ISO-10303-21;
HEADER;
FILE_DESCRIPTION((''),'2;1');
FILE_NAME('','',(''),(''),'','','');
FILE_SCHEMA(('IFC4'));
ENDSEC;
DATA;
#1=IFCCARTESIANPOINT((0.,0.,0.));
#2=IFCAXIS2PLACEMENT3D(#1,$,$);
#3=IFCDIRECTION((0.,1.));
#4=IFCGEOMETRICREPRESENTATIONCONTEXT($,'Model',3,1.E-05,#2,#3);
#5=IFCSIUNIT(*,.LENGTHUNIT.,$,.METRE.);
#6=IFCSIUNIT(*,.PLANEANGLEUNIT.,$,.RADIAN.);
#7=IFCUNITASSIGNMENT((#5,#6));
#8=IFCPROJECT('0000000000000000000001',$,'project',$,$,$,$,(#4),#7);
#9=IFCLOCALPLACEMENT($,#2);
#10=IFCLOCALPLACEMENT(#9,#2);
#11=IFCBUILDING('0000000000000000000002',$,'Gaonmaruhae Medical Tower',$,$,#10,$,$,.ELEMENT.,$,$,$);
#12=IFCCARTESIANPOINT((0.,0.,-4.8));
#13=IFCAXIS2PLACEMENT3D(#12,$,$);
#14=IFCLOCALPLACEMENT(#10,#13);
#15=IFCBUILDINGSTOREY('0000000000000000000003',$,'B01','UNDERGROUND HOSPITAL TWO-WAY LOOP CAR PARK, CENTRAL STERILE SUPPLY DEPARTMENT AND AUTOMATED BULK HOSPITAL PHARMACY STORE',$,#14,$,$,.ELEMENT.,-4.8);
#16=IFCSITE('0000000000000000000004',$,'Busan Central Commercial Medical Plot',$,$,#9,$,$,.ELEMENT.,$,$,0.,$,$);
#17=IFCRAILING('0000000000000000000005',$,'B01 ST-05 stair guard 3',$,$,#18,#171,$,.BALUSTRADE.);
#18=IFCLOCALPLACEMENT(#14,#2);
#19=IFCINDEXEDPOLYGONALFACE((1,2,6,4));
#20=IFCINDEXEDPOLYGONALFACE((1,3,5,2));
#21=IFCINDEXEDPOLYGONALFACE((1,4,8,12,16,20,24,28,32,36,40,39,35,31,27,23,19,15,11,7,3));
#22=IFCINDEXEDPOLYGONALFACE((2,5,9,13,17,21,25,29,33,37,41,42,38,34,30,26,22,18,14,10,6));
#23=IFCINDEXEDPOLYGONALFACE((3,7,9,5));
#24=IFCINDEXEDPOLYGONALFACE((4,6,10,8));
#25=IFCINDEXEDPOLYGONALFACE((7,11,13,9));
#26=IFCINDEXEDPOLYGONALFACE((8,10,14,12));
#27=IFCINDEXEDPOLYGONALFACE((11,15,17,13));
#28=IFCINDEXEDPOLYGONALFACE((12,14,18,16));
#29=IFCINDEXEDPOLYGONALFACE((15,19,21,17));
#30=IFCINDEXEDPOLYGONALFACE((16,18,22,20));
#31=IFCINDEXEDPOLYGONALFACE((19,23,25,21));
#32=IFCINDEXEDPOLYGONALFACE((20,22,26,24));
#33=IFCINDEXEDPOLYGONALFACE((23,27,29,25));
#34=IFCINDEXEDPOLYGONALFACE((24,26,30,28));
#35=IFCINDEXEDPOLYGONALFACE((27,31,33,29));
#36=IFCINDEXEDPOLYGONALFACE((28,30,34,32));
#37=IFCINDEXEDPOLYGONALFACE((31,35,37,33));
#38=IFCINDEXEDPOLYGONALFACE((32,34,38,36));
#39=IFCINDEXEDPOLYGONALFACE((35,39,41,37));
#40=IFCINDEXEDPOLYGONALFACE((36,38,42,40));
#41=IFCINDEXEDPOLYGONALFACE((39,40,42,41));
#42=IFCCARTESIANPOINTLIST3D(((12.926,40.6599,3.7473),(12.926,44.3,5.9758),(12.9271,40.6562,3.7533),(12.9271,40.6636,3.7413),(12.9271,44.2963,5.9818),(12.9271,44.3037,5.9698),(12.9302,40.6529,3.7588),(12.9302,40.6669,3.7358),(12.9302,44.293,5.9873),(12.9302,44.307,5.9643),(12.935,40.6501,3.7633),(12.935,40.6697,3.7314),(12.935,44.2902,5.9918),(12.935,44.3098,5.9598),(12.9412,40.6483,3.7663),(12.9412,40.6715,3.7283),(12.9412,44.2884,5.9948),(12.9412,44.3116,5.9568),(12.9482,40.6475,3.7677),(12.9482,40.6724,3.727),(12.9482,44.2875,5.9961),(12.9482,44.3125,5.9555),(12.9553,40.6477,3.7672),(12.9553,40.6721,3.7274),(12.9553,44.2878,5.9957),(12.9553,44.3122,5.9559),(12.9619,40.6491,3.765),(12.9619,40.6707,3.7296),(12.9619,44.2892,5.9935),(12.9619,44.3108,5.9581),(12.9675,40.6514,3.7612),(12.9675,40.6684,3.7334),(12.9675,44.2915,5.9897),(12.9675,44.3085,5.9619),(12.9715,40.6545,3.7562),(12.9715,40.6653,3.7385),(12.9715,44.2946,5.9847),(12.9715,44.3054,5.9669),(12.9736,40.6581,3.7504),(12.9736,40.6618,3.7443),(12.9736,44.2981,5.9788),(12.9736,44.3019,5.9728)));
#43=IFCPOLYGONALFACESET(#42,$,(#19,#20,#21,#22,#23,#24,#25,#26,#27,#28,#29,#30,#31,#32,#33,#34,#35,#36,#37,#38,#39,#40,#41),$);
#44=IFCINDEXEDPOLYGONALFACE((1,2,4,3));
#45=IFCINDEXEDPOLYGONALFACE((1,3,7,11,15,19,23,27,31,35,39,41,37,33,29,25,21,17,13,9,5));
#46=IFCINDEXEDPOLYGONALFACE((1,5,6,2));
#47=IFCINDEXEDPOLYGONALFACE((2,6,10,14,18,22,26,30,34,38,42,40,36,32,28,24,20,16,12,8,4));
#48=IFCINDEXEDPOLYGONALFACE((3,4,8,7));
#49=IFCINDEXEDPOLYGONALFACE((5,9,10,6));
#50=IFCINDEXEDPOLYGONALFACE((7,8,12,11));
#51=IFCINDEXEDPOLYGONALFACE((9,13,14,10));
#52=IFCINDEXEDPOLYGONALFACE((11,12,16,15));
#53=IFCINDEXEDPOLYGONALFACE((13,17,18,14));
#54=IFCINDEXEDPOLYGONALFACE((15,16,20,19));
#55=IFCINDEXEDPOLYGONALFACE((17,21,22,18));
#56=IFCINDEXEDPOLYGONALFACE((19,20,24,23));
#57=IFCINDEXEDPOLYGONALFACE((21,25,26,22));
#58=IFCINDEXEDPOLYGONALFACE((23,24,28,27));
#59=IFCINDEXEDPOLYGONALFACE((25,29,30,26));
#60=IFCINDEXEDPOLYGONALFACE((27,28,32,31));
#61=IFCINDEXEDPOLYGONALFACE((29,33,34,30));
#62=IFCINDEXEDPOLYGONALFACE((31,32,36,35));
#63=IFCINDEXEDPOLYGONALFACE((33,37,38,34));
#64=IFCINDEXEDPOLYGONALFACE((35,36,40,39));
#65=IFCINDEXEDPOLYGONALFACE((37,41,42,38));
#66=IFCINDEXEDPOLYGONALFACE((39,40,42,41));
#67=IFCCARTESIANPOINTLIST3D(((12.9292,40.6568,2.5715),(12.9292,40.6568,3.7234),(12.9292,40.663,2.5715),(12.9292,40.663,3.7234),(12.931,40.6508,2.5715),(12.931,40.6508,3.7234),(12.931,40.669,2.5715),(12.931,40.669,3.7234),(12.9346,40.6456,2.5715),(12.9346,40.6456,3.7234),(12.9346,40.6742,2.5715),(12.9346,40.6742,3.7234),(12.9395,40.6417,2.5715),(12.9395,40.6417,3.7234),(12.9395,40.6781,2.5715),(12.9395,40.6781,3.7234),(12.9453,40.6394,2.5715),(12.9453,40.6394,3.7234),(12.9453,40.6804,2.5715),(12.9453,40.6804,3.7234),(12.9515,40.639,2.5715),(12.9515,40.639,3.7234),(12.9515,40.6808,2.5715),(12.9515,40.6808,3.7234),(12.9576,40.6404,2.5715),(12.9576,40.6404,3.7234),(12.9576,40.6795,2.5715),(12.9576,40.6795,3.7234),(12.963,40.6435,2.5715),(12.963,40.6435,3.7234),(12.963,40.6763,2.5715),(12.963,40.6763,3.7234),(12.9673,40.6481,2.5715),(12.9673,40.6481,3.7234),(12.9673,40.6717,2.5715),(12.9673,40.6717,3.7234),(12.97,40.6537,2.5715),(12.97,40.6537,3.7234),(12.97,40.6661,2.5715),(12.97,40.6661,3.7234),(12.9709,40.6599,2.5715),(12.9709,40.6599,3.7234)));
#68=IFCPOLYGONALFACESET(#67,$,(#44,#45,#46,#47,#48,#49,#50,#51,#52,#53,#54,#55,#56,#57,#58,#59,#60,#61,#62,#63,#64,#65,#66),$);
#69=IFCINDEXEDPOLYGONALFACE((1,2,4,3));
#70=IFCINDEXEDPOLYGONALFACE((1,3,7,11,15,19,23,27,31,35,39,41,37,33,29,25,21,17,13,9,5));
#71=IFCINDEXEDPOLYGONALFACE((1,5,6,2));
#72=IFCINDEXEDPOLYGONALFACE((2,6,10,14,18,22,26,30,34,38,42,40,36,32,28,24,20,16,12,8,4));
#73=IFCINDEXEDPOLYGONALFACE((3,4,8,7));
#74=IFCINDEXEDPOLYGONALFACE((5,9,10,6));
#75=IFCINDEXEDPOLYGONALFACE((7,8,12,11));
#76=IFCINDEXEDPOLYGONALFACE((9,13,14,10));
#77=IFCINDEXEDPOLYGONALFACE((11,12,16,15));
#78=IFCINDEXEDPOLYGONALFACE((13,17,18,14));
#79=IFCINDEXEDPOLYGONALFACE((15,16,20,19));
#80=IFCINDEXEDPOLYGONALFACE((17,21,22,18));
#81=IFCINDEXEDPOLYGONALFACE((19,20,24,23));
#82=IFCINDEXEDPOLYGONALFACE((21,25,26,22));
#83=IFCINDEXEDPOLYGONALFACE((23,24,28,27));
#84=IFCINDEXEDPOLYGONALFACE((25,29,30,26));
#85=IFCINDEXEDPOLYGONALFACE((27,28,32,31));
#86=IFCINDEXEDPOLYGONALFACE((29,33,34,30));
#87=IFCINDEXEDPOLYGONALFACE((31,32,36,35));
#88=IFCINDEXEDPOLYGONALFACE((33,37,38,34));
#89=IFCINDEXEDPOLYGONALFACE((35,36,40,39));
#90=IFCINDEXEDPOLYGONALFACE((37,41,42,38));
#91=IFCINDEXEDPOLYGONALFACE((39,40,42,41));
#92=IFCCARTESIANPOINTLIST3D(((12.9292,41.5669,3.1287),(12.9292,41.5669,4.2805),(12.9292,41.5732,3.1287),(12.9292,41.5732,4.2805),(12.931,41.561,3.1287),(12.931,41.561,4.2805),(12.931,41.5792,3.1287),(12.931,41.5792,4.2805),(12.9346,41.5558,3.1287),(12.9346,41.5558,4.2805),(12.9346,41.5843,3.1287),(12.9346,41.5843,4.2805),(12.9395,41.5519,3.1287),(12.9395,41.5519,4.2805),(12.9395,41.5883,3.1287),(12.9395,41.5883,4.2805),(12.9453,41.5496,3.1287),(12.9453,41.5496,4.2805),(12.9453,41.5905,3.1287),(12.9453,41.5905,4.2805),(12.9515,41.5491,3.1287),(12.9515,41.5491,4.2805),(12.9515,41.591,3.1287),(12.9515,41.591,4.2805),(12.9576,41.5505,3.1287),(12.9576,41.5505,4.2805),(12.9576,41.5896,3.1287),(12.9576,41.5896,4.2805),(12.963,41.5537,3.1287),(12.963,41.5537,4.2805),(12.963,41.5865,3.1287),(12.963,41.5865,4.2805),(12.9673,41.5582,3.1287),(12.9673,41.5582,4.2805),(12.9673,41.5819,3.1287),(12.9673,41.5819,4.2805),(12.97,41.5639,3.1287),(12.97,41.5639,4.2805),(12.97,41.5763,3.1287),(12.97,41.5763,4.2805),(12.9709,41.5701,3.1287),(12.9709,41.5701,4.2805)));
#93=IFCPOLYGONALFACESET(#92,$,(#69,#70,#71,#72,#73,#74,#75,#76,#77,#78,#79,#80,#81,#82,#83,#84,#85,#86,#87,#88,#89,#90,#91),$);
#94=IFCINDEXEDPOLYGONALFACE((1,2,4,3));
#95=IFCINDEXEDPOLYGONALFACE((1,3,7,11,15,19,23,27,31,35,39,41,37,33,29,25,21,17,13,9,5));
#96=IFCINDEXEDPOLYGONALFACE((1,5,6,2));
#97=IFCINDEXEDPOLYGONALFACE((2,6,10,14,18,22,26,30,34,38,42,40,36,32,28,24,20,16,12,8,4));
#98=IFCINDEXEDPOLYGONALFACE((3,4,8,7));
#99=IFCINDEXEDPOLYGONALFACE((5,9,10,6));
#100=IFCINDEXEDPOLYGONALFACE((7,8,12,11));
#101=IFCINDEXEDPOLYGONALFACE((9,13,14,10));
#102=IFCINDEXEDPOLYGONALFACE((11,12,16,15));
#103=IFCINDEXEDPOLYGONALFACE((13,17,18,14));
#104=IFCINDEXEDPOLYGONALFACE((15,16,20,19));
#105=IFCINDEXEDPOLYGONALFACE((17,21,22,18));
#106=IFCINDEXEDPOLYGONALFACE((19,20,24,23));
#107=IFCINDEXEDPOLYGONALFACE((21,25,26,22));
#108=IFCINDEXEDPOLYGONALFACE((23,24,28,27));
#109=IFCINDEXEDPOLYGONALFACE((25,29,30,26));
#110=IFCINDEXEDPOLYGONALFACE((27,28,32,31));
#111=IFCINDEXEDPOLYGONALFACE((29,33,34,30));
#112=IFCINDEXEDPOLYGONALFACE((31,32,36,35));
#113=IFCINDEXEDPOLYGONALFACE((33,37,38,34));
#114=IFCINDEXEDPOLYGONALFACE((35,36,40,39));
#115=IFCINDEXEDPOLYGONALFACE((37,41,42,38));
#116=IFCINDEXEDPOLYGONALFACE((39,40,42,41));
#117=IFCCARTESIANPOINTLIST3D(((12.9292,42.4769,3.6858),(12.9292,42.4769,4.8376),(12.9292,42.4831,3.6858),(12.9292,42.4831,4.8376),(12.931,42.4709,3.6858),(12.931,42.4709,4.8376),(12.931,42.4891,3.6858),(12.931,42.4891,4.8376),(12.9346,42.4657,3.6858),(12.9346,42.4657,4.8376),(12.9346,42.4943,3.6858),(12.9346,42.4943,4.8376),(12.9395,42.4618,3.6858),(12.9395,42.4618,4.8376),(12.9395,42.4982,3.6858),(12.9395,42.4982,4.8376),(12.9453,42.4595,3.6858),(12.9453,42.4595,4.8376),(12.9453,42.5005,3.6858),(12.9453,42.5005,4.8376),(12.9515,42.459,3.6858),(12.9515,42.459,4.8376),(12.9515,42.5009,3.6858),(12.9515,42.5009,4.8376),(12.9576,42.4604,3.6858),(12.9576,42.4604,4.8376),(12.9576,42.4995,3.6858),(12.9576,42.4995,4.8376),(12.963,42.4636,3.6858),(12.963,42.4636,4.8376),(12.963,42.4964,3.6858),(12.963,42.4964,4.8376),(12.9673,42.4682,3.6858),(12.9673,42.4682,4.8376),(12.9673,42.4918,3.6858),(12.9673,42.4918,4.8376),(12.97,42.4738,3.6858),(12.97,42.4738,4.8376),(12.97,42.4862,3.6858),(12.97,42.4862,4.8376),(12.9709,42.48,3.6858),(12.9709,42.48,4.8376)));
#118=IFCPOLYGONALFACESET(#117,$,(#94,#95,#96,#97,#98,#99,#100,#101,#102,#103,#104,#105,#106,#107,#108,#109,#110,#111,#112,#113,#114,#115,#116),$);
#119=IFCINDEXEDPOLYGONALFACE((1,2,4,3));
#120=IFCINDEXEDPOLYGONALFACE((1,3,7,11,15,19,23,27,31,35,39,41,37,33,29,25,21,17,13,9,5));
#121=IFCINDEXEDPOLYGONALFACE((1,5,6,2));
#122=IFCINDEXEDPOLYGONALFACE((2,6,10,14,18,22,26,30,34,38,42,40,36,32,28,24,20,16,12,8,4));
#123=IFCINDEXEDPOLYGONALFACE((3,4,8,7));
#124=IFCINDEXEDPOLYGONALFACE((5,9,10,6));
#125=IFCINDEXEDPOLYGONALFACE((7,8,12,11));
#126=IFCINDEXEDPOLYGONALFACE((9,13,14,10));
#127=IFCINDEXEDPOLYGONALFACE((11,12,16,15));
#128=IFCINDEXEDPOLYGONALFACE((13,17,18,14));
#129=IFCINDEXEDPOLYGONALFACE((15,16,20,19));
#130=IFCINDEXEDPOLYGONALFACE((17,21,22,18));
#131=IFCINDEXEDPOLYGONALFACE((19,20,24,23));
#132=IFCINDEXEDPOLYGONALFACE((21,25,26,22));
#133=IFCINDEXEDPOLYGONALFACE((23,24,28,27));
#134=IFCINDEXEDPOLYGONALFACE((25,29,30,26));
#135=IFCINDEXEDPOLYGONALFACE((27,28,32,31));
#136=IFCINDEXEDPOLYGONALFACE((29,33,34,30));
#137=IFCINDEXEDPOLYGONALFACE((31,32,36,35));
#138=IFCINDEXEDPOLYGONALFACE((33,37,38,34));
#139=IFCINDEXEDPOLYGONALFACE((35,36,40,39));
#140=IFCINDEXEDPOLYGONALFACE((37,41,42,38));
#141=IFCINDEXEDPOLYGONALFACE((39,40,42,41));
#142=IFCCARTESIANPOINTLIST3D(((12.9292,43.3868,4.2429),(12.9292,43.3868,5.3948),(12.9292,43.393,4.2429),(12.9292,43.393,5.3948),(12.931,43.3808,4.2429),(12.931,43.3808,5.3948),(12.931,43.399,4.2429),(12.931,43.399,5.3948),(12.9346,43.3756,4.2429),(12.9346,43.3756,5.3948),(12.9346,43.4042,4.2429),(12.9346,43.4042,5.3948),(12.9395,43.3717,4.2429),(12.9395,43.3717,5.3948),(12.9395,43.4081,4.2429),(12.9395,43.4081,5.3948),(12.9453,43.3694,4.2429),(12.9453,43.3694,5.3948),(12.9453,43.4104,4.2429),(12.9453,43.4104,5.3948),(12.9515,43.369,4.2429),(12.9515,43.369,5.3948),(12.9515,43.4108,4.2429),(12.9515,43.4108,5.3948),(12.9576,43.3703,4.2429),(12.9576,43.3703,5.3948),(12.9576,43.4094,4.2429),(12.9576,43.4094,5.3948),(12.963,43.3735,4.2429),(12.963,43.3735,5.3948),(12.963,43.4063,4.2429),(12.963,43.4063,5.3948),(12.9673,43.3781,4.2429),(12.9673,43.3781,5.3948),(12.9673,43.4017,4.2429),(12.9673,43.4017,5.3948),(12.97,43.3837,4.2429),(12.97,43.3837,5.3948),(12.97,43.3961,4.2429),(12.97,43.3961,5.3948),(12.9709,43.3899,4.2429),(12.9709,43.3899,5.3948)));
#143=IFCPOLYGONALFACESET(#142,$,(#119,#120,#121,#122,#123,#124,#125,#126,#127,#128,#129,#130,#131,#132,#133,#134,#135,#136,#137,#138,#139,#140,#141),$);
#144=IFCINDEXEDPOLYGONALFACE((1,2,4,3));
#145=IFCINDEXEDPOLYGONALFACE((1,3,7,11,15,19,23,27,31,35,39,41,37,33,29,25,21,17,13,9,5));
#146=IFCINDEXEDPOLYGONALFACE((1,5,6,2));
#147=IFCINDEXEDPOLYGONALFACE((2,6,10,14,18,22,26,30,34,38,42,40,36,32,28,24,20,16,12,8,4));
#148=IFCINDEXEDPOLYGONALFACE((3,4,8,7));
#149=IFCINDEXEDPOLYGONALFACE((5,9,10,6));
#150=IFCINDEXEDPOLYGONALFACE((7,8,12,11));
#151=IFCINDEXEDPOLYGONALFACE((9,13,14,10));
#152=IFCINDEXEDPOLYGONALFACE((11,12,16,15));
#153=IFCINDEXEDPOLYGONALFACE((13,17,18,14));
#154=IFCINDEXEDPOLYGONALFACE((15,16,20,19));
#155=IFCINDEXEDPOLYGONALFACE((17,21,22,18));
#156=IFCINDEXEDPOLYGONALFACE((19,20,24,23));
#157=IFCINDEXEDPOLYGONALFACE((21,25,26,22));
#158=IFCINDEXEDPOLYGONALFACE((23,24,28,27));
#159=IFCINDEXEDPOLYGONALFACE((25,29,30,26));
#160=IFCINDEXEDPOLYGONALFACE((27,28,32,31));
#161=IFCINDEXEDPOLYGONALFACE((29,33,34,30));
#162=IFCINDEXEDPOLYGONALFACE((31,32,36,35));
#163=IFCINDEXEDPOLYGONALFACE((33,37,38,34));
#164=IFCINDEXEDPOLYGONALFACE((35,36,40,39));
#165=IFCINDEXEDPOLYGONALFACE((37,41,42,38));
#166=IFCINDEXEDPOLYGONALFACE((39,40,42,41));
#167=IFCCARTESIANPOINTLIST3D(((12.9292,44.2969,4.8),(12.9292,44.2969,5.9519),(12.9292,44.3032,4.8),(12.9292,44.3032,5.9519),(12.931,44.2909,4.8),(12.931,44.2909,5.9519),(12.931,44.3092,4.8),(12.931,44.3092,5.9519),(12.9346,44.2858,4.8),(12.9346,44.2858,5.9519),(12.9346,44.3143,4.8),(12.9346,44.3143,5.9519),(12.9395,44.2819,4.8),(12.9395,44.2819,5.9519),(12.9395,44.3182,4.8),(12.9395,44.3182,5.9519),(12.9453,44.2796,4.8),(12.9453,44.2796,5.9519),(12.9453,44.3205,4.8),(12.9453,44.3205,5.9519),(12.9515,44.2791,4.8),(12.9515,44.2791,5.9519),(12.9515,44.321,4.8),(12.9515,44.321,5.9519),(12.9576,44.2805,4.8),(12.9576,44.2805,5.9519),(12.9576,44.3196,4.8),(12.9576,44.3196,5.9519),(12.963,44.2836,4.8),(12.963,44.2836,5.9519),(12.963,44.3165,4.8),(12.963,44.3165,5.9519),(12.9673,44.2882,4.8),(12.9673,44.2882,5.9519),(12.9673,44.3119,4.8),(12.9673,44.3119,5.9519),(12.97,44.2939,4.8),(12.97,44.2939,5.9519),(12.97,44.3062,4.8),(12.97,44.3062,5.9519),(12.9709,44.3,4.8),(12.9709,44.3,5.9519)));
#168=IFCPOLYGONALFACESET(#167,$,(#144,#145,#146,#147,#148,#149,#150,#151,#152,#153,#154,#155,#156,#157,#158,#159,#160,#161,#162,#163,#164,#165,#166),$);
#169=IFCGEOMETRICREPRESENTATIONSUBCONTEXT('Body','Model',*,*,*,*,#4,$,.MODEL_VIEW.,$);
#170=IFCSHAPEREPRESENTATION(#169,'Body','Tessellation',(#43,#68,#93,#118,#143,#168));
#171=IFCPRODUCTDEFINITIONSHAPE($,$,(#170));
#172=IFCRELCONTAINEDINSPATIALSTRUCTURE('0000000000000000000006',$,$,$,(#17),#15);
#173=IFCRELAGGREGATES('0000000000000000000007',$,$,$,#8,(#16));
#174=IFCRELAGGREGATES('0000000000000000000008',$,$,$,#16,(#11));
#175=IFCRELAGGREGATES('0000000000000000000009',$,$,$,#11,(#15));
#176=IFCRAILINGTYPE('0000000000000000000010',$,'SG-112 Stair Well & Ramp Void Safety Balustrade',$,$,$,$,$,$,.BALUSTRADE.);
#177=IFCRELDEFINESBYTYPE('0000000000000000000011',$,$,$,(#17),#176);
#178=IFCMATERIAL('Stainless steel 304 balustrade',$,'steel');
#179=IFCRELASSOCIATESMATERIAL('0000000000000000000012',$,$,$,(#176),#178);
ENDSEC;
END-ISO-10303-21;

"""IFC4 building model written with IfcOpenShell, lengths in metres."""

from ifc_helpers import new_model, si_unit, direction, frame, origin, origin_2d, place, context, subcontext, project, spatial, circle, extrude, material, type_object, element, save


model = new_model("IFC4")

# Units and contexts
model_context = context("Model", 3, precision=1e-05, world=origin(), true_north=direction((0.0, 1.0)))
body_context = subcontext(model_context, "Body", "Model", "MODEL_VIEW")
ifc_project = project(units=[si_unit("LENGTHUNIT", "METRE"), si_unit("PLANEANGLEUNIT", "RADIAN")], contexts=[model_context])

# Site, building, storey
site_placement = place(None, origin())
site = spatial("IfcSite", under=ifc_project, at=site_placement, Name="Busan Central Commercial Medical Plot", CompositionType="ELEMENT", RefElevation=0.0)
building_placement = place(site_placement, origin())
building = spatial("IfcBuilding", under=site, at=building_placement, Name="Gaonmaruhae Medical Tower", CompositionType="ELEMENT")
storey_placement = place(building_placement, frame((0.0, 0.0, -4.8)))
storey = spatial("IfcBuildingStorey", under=building, at=storey_placement, Name="B01", Description="UNDERGROUND HOSPITAL TWO-WAY LOOP CAR PARK, CENTRAL STERILE SUPPLY DEPARTMENT AND AUTOMATED BULK HOSPITAL PHARMACY STORE", CompositionType="ELEMENT", Elevation=-4.8)

# Railing
ifc_material_1 = material(Name="Stainless steel 304 balustrade", Category="steel")
railing_type_1 = type_object("IfcRailingType", Name="SG-112 Stair Well & Ramp Void Safety Balustrade", PredefinedType="BALUSTRADE", material=ifc_material_1)
railing_1_placement = place(storey_placement, frame((12.95, 40.6599, 2.5715)))
element("IfcRailing", 1, at=railing_1_placement, inside=storey, type_object=railing_type_1, Name="B01 ST-05 stair guard 3", PredefinedType="BALUSTRADE", context=body_context, shape_type="SweptSolid", body=[
    extrude(circle(Radius=0.0239, at=origin_2d()), frame((0.0, 0.0, 1.1758), z_axis=(0.0, 0.852866, 0.52213), x_axis=(-1.0, 0.0, 0.0)), (0.0, 0.0, 1.0), 4.2681),
    extrude(circle(Radius=0.021, at=origin_2d()), origin(), (0.0, 0.0, 1.0), 1.1519),
    extrude(circle(Radius=0.021, at=origin_2d()), frame((0.0, 0.9102, 0.5571)), (0.0, 0.0, 1.0), 1.1519),
    extrude(circle(Radius=0.021, at=origin_2d()), frame((0.0, 1.8201, 1.1143)), (0.0, 0.0, 1.0), 1.1519),
    extrude(circle(Radius=0.021, at=origin_2d()), frame((0.0, 2.73, 1.6714)), (0.0, 0.0, 1.0), 1.1519),
    extrude(circle(Radius=0.021, at=origin_2d()), frame((0.0, 3.6401, 2.2285)), (0.0, 0.0, 1.0), 1.1519),
])

save(model, "model.ifc")
